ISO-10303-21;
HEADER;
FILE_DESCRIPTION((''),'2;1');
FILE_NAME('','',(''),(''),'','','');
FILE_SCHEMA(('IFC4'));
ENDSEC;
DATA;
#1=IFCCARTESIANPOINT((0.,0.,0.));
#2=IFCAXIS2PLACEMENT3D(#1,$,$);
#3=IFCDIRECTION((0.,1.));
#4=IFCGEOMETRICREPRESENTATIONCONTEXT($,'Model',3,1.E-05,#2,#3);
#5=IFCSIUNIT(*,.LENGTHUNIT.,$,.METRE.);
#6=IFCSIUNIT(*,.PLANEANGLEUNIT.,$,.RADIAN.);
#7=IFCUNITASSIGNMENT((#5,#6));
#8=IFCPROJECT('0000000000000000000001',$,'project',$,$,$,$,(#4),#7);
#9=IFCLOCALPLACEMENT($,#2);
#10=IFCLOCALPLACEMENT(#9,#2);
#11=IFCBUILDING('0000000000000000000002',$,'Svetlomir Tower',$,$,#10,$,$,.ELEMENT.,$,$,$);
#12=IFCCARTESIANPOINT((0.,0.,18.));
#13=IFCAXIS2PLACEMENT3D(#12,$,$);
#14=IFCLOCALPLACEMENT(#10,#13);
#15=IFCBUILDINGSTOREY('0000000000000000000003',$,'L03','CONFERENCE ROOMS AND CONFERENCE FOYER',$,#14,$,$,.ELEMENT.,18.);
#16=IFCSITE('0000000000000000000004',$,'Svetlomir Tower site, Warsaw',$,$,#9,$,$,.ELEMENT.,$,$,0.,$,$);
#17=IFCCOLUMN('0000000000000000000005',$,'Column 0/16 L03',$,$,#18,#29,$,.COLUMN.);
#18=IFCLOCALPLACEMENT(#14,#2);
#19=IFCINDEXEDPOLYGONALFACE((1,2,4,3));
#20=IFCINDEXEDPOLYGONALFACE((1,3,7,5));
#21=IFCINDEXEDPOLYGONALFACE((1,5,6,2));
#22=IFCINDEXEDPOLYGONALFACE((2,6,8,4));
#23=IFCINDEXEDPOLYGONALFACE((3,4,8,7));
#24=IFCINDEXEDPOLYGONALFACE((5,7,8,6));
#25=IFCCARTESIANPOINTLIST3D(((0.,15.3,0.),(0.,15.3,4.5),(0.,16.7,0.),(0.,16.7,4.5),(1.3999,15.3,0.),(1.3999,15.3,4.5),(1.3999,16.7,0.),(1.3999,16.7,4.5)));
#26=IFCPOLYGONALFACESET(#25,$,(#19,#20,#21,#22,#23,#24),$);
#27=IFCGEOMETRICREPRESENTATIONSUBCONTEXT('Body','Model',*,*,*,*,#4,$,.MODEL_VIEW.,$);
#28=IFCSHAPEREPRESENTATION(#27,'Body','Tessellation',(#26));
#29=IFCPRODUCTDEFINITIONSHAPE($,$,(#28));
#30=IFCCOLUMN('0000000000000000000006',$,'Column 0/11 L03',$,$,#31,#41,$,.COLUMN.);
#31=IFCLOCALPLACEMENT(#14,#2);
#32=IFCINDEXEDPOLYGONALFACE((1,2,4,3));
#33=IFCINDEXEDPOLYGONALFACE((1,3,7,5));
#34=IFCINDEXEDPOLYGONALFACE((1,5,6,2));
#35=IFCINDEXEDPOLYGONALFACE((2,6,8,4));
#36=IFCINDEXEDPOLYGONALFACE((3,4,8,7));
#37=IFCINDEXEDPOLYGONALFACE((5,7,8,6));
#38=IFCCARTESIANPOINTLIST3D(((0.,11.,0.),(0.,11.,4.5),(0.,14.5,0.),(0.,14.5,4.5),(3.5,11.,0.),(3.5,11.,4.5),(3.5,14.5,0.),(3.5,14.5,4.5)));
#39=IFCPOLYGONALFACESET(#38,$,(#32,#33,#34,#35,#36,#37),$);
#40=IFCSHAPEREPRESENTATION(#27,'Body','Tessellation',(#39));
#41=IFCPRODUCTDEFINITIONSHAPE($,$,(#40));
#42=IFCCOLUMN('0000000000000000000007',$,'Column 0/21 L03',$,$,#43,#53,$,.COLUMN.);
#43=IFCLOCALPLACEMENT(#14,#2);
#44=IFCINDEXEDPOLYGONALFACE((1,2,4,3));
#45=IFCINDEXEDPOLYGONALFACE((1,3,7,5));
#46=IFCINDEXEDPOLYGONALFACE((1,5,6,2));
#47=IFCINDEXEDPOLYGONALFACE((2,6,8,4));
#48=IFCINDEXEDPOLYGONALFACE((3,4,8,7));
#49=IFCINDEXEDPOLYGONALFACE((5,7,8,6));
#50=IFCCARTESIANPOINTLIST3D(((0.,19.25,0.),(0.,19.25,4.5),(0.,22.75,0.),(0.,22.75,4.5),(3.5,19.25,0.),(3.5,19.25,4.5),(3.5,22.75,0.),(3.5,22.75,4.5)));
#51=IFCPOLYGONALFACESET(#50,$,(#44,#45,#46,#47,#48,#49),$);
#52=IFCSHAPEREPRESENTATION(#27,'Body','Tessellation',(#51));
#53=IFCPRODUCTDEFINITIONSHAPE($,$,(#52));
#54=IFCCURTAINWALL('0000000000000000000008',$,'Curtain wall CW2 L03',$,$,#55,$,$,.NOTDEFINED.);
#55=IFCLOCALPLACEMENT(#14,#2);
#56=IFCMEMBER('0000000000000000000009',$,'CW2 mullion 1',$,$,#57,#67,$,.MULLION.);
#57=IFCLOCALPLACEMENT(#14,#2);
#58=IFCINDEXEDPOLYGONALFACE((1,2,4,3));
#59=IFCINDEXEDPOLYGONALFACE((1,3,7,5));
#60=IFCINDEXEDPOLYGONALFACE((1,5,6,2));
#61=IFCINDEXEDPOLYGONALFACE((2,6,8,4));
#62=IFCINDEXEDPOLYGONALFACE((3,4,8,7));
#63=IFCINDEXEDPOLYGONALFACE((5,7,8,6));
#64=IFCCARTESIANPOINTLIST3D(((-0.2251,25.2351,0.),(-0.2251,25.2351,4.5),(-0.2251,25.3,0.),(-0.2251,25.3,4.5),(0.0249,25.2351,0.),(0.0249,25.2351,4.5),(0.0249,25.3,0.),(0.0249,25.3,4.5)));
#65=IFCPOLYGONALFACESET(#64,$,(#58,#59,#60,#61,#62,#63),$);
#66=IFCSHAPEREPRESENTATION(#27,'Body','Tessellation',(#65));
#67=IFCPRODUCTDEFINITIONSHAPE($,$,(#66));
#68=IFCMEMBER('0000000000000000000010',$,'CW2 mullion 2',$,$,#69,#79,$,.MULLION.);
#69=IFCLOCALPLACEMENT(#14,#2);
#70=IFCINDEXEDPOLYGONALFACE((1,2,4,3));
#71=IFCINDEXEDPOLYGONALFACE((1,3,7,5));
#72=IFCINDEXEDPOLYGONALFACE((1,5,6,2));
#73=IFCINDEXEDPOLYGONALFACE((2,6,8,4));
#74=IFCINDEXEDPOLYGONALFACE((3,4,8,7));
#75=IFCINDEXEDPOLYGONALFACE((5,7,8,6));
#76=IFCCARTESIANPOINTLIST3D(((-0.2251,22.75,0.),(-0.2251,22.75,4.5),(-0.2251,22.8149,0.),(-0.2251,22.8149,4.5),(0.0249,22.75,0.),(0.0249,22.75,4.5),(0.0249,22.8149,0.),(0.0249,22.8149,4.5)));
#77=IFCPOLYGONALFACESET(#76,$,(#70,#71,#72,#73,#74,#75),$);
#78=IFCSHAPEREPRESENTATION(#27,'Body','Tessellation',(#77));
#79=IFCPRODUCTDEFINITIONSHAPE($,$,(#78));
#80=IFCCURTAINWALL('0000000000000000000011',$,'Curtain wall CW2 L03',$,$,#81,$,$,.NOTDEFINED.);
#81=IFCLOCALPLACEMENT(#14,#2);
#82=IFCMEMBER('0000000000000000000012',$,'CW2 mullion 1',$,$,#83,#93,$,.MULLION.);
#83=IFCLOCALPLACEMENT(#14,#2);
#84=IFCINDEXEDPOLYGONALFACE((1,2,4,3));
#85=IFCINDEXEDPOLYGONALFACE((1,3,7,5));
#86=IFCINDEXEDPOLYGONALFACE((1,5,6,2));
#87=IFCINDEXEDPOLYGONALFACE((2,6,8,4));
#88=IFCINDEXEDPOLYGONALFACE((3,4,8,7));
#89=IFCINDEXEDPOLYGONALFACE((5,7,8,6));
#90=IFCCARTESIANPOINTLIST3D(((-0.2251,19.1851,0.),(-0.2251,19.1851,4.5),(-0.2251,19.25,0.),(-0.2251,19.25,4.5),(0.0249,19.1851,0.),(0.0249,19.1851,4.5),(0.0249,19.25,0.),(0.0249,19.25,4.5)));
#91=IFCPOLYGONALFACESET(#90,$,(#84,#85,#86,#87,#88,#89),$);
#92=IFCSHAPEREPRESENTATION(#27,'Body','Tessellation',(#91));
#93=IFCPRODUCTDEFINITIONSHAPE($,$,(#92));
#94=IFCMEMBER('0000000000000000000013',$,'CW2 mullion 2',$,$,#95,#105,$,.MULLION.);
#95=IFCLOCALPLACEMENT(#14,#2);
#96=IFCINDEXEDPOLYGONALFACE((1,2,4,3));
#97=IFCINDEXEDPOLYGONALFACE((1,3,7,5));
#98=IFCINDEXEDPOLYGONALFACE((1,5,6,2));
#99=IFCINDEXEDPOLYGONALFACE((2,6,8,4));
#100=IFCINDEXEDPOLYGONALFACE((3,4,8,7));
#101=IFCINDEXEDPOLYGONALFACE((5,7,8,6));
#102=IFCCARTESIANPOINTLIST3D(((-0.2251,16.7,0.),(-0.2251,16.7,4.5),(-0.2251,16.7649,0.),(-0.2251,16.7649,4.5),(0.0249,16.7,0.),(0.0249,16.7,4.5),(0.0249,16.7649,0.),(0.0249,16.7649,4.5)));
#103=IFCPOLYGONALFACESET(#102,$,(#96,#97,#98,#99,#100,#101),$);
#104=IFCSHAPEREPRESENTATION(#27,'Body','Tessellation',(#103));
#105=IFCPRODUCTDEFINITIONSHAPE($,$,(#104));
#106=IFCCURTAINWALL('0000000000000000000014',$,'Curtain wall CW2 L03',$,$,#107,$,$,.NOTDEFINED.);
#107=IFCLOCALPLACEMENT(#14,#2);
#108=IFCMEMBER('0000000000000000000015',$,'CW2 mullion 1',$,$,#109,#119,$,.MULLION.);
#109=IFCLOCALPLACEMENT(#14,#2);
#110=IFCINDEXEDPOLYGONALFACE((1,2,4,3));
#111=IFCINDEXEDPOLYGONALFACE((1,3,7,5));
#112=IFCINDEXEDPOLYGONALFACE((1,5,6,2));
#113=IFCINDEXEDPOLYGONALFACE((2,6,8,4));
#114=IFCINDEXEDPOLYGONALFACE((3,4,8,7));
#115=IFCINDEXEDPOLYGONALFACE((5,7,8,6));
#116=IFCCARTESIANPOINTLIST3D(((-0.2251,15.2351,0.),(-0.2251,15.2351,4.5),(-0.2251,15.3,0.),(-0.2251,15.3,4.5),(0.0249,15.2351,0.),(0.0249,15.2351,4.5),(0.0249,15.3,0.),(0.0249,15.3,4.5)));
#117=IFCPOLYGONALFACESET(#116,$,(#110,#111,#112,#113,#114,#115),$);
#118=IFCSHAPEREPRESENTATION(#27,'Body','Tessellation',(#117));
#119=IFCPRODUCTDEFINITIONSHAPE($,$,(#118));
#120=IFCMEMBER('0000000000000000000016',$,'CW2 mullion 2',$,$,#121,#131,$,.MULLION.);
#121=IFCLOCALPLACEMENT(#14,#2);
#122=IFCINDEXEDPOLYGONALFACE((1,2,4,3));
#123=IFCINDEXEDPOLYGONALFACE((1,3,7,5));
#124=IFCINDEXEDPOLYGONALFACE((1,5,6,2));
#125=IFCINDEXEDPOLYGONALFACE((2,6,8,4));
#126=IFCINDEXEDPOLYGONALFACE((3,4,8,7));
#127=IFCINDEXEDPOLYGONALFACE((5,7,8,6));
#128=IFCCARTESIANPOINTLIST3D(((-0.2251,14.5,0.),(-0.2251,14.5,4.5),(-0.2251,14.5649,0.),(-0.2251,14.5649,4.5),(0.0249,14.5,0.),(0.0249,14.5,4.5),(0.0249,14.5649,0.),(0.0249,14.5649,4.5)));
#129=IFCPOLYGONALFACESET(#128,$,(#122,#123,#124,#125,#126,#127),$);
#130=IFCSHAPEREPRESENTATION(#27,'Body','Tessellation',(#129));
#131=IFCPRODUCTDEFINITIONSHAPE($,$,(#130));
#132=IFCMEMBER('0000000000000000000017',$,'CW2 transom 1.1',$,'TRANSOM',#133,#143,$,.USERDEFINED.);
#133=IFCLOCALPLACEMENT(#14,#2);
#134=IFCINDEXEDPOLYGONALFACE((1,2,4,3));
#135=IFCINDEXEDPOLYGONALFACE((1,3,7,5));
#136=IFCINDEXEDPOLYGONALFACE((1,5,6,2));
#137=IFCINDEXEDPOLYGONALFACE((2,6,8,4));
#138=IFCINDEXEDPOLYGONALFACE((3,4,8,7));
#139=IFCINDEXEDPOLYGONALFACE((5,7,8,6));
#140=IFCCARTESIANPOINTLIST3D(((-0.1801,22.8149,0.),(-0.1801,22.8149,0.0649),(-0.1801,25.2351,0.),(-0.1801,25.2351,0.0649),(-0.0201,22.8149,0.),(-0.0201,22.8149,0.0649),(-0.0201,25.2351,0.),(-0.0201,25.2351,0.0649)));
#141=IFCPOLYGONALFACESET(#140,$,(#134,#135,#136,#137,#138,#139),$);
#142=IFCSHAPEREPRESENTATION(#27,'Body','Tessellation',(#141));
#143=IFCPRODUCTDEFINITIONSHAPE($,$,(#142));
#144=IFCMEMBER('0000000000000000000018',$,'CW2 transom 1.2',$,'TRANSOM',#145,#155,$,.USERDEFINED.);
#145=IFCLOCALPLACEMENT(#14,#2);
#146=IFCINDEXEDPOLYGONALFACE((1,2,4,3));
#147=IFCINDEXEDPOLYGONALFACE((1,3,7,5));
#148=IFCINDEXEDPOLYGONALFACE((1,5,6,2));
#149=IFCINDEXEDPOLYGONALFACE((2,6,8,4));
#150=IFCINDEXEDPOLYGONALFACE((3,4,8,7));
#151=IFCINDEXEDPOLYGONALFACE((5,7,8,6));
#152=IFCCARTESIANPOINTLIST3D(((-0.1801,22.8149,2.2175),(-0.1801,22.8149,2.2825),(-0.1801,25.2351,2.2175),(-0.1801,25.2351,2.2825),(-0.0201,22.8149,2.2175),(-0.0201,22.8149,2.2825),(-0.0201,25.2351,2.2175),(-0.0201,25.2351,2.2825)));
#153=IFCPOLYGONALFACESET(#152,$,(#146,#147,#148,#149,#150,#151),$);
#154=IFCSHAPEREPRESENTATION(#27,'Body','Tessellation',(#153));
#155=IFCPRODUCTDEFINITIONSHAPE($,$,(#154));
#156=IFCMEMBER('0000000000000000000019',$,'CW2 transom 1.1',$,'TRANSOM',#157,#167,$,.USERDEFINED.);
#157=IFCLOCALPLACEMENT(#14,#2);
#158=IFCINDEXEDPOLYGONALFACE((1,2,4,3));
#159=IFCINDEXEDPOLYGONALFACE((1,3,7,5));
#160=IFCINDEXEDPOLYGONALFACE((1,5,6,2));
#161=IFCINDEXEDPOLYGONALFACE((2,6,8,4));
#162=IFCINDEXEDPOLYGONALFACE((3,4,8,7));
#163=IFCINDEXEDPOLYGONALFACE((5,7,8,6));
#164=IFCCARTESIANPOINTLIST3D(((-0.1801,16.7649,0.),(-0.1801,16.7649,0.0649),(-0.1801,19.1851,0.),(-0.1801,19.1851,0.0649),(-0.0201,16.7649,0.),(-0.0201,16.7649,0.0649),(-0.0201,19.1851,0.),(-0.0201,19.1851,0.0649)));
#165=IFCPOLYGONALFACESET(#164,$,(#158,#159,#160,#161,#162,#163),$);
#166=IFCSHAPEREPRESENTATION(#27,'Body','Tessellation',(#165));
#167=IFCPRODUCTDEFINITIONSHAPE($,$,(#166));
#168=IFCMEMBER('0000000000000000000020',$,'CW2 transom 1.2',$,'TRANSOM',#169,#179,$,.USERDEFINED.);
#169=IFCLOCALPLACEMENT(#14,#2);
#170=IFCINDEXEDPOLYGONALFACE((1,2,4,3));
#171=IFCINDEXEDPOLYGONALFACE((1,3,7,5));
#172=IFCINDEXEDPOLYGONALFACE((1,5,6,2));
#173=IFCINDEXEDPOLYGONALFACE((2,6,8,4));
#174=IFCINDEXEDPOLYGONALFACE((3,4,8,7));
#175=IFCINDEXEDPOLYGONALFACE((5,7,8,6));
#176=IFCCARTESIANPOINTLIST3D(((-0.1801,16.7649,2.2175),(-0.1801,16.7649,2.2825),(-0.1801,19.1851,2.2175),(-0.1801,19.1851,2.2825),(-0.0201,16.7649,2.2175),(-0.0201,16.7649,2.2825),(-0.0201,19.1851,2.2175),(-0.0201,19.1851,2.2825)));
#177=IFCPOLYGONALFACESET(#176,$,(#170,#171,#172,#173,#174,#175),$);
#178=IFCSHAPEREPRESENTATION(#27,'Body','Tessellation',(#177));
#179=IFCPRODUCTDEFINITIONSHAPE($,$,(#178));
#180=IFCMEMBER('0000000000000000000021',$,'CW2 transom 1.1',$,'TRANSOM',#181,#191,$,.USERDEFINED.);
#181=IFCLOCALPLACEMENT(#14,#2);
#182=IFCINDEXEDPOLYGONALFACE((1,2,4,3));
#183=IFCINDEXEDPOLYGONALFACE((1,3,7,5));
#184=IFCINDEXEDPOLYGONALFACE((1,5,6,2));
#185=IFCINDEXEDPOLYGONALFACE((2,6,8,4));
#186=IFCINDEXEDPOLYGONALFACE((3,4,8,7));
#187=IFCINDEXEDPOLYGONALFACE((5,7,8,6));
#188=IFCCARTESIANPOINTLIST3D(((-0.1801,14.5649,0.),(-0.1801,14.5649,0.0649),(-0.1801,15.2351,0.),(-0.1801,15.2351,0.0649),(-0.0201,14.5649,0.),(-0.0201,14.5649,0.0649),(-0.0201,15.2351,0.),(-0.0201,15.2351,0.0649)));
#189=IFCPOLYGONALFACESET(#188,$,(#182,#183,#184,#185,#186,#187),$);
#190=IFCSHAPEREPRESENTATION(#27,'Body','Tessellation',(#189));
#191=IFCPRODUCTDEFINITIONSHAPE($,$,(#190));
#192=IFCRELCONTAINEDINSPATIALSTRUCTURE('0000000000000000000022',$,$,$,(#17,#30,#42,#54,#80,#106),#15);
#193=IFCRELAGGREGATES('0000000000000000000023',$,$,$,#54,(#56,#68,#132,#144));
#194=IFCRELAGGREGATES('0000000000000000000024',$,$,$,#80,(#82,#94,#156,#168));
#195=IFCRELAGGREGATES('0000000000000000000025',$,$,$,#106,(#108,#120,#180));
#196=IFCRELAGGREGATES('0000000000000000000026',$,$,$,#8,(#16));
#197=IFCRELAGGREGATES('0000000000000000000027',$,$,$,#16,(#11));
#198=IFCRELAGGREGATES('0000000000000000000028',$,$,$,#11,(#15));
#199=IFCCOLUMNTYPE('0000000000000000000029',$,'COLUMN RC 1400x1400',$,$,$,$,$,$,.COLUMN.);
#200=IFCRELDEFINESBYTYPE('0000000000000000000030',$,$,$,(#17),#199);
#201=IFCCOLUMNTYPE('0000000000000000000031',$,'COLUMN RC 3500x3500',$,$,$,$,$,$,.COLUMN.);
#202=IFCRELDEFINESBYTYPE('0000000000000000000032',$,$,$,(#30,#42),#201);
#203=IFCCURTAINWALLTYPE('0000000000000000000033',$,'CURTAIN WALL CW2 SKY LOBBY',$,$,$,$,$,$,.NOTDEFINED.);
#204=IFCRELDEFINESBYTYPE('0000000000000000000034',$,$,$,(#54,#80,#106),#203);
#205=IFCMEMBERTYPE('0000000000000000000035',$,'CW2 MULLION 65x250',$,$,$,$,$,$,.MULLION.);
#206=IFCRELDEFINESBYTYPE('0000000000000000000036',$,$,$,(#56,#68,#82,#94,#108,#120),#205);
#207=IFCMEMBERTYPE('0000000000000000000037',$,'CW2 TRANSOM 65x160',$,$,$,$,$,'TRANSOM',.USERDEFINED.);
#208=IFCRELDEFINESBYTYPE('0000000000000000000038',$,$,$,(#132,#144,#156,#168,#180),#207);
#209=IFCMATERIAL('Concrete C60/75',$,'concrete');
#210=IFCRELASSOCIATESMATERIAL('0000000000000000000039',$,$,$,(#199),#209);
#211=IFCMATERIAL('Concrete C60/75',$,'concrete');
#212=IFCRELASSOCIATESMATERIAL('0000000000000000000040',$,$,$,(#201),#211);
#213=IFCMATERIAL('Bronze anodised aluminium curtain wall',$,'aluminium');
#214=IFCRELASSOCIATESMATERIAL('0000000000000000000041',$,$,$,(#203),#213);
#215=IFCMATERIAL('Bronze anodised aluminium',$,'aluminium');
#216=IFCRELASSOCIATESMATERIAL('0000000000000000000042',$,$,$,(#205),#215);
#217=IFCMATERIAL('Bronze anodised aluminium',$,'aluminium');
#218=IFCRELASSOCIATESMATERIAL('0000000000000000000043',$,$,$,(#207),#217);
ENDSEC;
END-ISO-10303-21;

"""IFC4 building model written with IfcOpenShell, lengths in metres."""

from ifc_helpers import new_model, si_unit, direction, frame, origin, origin_2d, place, context, subcontext, project, spatial, rectangle, extrude, material, material_profile, profile_set, type_object, element, aggregate, save


model = new_model("IFC4")

# Units and contexts
model_context = context("Model", 3, precision=1e-05, world=origin(), true_north=direction((0.0, 1.0)))
body_context = subcontext(model_context, "Body", "Model", "MODEL_VIEW")
ifc_project = project(units=[si_unit("LENGTHUNIT", "METRE"), si_unit("PLANEANGLEUNIT", "RADIAN")], contexts=[model_context])

# Site, building, storey
site_placement = place(None, origin())
site = spatial("IfcSite", under=ifc_project, at=site_placement, Name="Svetlomir Tower site, Warsaw", CompositionType="ELEMENT", RefElevation=0.0)
building_placement = place(site_placement, origin())
building = spatial("IfcBuilding", under=site, at=building_placement, Name="Svetlomir Tower", CompositionType="ELEMENT")
storey_placement = place(building_placement, frame((0.0, 0.0, 18.0)))
storey = spatial("IfcBuildingStorey", under=building, at=storey_placement, Name="L03", Description="CONFERENCE ROOMS AND CONFERENCE FOYER", CompositionType="ELEMENT", Elevation=18.0)

# Columns
ifc_material_1 = material(Name="Concrete C60/75", Category="concrete")
ifc_material_profile_1 = material_profile(ifc_material_1, rectangle(XDim=1.3999, YDim=1.3999, at=origin_2d()), Name="RC 1400x1400")
ifc_profile_set_1 = profile_set([ifc_material_profile_1], Name="Concrete C60/75")
column_type_1 = type_object("IfcColumnType", Name="COLUMN RC 1400x1400", PredefinedType="COLUMN", material=ifc_profile_set_1)
column_placement = place(storey_placement, frame((0.7, 16.0, 0.0), z_axis=(0.0, 0.0, 1.0), x_axis=(1.0, 0.0, 0.0)))
element("IfcColumn", 1, at=column_placement, inside=storey, type_object=column_type_1, Name="Column 0/16 L03", PredefinedType="COLUMN", context=body_context, shape_type="SweptSolid", body=[
    extrude(rectangle(XDim=1.3999, YDim=1.3999, at=origin_2d()), origin(), (0.0, 0.0, 1.0), 4.5),
])
ifc_material_2 = material(Name="Concrete C60/75", Category="concrete")
ifc_material_profile_2 = material_profile(ifc_material_2, rectangle(XDim=3.5, YDim=3.5, at=origin_2d()), Name="RC 3500x3500")
ifc_profile_set_2 = profile_set([ifc_material_profile_2], Name="Concrete C60/75")
column_type_2 = type_object("IfcColumnType", Name="COLUMN RC 3500x3500", PredefinedType="COLUMN", material=ifc_profile_set_2)
for number, where, z_axis, x_axis, name in (
    (2, (1.75, 12.75, 0.0), (0.0, 0.0, 1.0), (1.0, 0.0, 0.0), "Column 0/11 L03"),
    (3, (1.75, 21.0, 0.0), (0.0, 0.0, 1.0), (1.0, 0.0, 0.0), "Column 0/21 L03"),
):
    element("IfcColumn", number, at=place(storey_placement, frame(where, z_axis=z_axis, x_axis=x_axis)), inside=storey, type_object=column_type_2, Name=name, PredefinedType="COLUMN", context=body_context, shape_type="SweptSolid", body=[
        extrude(rectangle(XDim=3.5, YDim=3.5, at=origin_2d()), origin(), (0.0, 0.0, 1.0), 4.5),
    ])

# Curtain walls, members
ifc_material_3 = material(Name="Bronze anodised aluminium curtain wall", Category="aluminium")
curtain_wall_type = type_object("IfcCurtainWallType", Name="CURTAIN WALL CW2 SKY LOBBY", PredefinedType="NOTDEFINED", material=ifc_material_3)
curtain_wall_1_placement = place(storey_placement, origin())
curtain_wall_1 = element("IfcCurtainWall", 4, at=curtain_wall_1_placement, inside=storey, type_object=curtain_wall_type, Name="Curtain wall CW2 L03", PredefinedType="NOTDEFINED")
ifc_material_4 = material(Name="Bronze anodised aluminium", Category="aluminium")
ifc_material_profile_3 = material_profile(ifc_material_4, rectangle(XDim=0.0649, YDim=0.25, at=origin_2d()), Name="AL 65x250")
ifc_profile_set_3 = profile_set([ifc_material_profile_3], Name="Bronze anodised aluminium 6063-T6")
member_type_1 = type_object("IfcMemberType", Name="CW2 MULLION 65x250", PredefinedType="MULLION", material=ifc_profile_set_3)
member_1_placement = place(storey_placement, frame((-0.1001, 25.2676, 0.0), z_axis=(0.0, 0.0, 1.0), x_axis=(0.0, -1.0, 0.0)))
member_1 = element("IfcMember", 5, at=member_1_placement, type_object=member_type_1, Name="CW2 mullion 1", PredefinedType="MULLION", context=body_context, shape_type="SweptSolid", body=[
    extrude(rectangle(XDim=0.0649, YDim=0.25, at=origin_2d()), origin(), (0.0, 0.0, 1.0), 4.5),
])
member_2_placement = place(storey_placement, frame((-0.1001, 22.7825, 0.0), z_axis=(0.0, 0.0, 1.0), x_axis=(0.0, -1.0, 0.0)))
member_2 = element("IfcMember", 6, at=member_2_placement, type_object=member_type_1, Name="CW2 mullion 2", PredefinedType="MULLION", context=body_context, shape_type="SweptSolid", body=[
    extrude(rectangle(XDim=0.0649, YDim=0.25, at=origin_2d()), origin(), (0.0, 0.0, 1.0), 4.5),
])
curtain_wall_2_placement = place(storey_placement, origin())
curtain_wall_2 = element("IfcCurtainWall", 7, at=curtain_wall_2_placement, inside=storey, type_object=curtain_wall_type, Name="Curtain wall CW2 L03", PredefinedType="NOTDEFINED")
member_3_placement = place(storey_placement, frame((-0.1001, 19.2175, 0.0), z_axis=(0.0, 0.0, 1.0), x_axis=(0.0, -1.0, 0.0)))
member_3 = element("IfcMember", 8, at=member_3_placement, type_object=member_type_1, Name="CW2 mullion 1", PredefinedType="MULLION", context=body_context, shape_type="SweptSolid", body=[
    extrude(rectangle(XDim=0.0649, YDim=0.25, at=origin_2d()), origin(), (0.0, 0.0, 1.0), 4.5),
])
member_4_placement = place(storey_placement, frame((-0.1001, 16.7324, 0.0), z_axis=(0.0, 0.0, 1.0), x_axis=(0.0, -1.0, 0.0)))
member_4 = element("IfcMember", 9, at=member_4_placement, type_object=member_type_1, Name="CW2 mullion 2", PredefinedType="MULLION", context=body_context, shape_type="SweptSolid", body=[
    extrude(rectangle(XDim=0.0649, YDim=0.25, at=origin_2d()), origin(), (0.0, 0.0, 1.0), 4.5),
])
curtain_wall_3_placement = place(storey_placement, origin())
curtain_wall_3 = element("IfcCurtainWall", 10, at=curtain_wall_3_placement, inside=storey, type_object=curtain_wall_type, Name="Curtain wall CW2 L03", PredefinedType="NOTDEFINED")
member_5_placement = place(storey_placement, frame((-0.1001, 15.2676, 0.0), z_axis=(0.0, 0.0, 1.0), x_axis=(0.0, -1.0, 0.0)))
member_5 = element("IfcMember", 11, at=member_5_placement, type_object=member_type_1, Name="CW2 mullion 1", PredefinedType="MULLION", context=body_context, shape_type="SweptSolid", body=[
    extrude(rectangle(XDim=0.0649, YDim=0.25, at=origin_2d()), origin(), (0.0, 0.0, 1.0), 4.5),
])
member_6_placement = place(storey_placement, frame((-0.1001, 14.5325, 0.0), z_axis=(0.0, 0.0, 1.0), x_axis=(0.0, -1.0, 0.0)))
member_6 = element("IfcMember", 12, at=member_6_placement, type_object=member_type_1, Name="CW2 mullion 2", PredefinedType="MULLION", context=body_context, shape_type="SweptSolid", body=[
    extrude(rectangle(XDim=0.0649, YDim=0.25, at=origin_2d()), origin(), (0.0, 0.0, 1.0), 4.5),
])

# Members
ifc_material_5 = material(Name="Bronze anodised aluminium", Category="aluminium")
ifc_material_profile_4 = material_profile(ifc_material_5, rectangle(XDim=0.1599, YDim=0.0649, at=origin_2d()), Name="AL 160x65")
ifc_profile_set_4 = profile_set([ifc_material_profile_4], Name="Bronze anodised aluminium 6063-T6")
member_type_2 = type_object("IfcMemberType", Name="CW2 TRANSOM 65x160", ElementType="TRANSOM", PredefinedType="USERDEFINED", material=ifc_profile_set_4)
member_7_placement = place(storey_placement, frame((-0.1001, 25.2351, 0.0325), z_axis=(0.0, -1.0, 0.0), x_axis=(1.0, 0.0, 0.0)))
member_7 = element("IfcMember", 13, at=member_7_placement, type_object=member_type_2, Name="CW2 transom 1.1", ObjectType="TRANSOM", PredefinedType="USERDEFINED", context=body_context, shape_type="SweptSolid", body=[
    extrude(rectangle(XDim=0.1599, YDim=0.0649, at=origin_2d()), origin(), (0.0, 0.0, 1.0), 2.4202),
])
member_8_placement = place(storey_placement, frame((-0.1001, 25.2351, 2.25), z_axis=(0.0, -1.0, 0.0), x_axis=(1.0, 0.0, 0.0)))
member_8 = element("IfcMember", 14, at=member_8_placement, type_object=member_type_2, Name="CW2 transom 1.2", ObjectType="TRANSOM", PredefinedType="USERDEFINED", context=body_context, shape_type="SweptSolid", body=[
    extrude(rectangle(XDim=0.1599, YDim=0.0649, at=origin_2d()), origin(), (0.0, 0.0, 1.0), 2.4202),
])
member_9_placement = place(storey_placement, frame((-0.1001, 19.1851, 0.0325), z_axis=(0.0, -1.0, 0.0), x_axis=(1.0, 0.0, 0.0)))
member_9 = element("IfcMember", 15, at=member_9_placement, type_object=member_type_2, Name="CW2 transom 1.1", ObjectType="TRANSOM", PredefinedType="USERDEFINED", context=body_context, shape_type="SweptSolid", body=[
    extrude(rectangle(XDim=0.1599, YDim=0.0649, at=origin_2d()), origin(), (0.0, 0.0, 1.0), 2.4202),
])
member_10_placement = place(storey_placement, frame((-0.1001, 19.1851, 2.25), z_axis=(0.0, -1.0, 0.0), x_axis=(1.0, 0.0, 0.0)))
member_10 = element("IfcMember", 16, at=member_10_placement, type_object=member_type_2, Name="CW2 transom 1.2", ObjectType="TRANSOM", PredefinedType="USERDEFINED", context=body_context, shape_type="SweptSolid", body=[
    extrude(rectangle(XDim=0.1599, YDim=0.0649, at=origin_2d()), origin(), (0.0, 0.0, 1.0), 2.4202),
])
member_11_placement = place(storey_placement, frame((-0.1001, 15.2351, 0.0325), z_axis=(0.0, -1.0, 0.0), x_axis=(1.0, 0.0, 0.0)))
member_11 = element("IfcMember", 17, at=member_11_placement, type_object=member_type_2, Name="CW2 transom 1.1", ObjectType="TRANSOM", PredefinedType="USERDEFINED", context=body_context, shape_type="SweptSolid", body=[
    extrude(rectangle(XDim=0.1599, YDim=0.0649, at=origin_2d()), origin(), (0.0, 0.0, 1.0), 0.6702),
])

aggregate(curtain_wall_1, [member_1, member_2, member_7, member_8])
aggregate(curtain_wall_2, [member_3, member_4, member_9, member_10])
aggregate(curtain_wall_3, [member_5, member_6, member_11])

save(model, "model.ifc")
